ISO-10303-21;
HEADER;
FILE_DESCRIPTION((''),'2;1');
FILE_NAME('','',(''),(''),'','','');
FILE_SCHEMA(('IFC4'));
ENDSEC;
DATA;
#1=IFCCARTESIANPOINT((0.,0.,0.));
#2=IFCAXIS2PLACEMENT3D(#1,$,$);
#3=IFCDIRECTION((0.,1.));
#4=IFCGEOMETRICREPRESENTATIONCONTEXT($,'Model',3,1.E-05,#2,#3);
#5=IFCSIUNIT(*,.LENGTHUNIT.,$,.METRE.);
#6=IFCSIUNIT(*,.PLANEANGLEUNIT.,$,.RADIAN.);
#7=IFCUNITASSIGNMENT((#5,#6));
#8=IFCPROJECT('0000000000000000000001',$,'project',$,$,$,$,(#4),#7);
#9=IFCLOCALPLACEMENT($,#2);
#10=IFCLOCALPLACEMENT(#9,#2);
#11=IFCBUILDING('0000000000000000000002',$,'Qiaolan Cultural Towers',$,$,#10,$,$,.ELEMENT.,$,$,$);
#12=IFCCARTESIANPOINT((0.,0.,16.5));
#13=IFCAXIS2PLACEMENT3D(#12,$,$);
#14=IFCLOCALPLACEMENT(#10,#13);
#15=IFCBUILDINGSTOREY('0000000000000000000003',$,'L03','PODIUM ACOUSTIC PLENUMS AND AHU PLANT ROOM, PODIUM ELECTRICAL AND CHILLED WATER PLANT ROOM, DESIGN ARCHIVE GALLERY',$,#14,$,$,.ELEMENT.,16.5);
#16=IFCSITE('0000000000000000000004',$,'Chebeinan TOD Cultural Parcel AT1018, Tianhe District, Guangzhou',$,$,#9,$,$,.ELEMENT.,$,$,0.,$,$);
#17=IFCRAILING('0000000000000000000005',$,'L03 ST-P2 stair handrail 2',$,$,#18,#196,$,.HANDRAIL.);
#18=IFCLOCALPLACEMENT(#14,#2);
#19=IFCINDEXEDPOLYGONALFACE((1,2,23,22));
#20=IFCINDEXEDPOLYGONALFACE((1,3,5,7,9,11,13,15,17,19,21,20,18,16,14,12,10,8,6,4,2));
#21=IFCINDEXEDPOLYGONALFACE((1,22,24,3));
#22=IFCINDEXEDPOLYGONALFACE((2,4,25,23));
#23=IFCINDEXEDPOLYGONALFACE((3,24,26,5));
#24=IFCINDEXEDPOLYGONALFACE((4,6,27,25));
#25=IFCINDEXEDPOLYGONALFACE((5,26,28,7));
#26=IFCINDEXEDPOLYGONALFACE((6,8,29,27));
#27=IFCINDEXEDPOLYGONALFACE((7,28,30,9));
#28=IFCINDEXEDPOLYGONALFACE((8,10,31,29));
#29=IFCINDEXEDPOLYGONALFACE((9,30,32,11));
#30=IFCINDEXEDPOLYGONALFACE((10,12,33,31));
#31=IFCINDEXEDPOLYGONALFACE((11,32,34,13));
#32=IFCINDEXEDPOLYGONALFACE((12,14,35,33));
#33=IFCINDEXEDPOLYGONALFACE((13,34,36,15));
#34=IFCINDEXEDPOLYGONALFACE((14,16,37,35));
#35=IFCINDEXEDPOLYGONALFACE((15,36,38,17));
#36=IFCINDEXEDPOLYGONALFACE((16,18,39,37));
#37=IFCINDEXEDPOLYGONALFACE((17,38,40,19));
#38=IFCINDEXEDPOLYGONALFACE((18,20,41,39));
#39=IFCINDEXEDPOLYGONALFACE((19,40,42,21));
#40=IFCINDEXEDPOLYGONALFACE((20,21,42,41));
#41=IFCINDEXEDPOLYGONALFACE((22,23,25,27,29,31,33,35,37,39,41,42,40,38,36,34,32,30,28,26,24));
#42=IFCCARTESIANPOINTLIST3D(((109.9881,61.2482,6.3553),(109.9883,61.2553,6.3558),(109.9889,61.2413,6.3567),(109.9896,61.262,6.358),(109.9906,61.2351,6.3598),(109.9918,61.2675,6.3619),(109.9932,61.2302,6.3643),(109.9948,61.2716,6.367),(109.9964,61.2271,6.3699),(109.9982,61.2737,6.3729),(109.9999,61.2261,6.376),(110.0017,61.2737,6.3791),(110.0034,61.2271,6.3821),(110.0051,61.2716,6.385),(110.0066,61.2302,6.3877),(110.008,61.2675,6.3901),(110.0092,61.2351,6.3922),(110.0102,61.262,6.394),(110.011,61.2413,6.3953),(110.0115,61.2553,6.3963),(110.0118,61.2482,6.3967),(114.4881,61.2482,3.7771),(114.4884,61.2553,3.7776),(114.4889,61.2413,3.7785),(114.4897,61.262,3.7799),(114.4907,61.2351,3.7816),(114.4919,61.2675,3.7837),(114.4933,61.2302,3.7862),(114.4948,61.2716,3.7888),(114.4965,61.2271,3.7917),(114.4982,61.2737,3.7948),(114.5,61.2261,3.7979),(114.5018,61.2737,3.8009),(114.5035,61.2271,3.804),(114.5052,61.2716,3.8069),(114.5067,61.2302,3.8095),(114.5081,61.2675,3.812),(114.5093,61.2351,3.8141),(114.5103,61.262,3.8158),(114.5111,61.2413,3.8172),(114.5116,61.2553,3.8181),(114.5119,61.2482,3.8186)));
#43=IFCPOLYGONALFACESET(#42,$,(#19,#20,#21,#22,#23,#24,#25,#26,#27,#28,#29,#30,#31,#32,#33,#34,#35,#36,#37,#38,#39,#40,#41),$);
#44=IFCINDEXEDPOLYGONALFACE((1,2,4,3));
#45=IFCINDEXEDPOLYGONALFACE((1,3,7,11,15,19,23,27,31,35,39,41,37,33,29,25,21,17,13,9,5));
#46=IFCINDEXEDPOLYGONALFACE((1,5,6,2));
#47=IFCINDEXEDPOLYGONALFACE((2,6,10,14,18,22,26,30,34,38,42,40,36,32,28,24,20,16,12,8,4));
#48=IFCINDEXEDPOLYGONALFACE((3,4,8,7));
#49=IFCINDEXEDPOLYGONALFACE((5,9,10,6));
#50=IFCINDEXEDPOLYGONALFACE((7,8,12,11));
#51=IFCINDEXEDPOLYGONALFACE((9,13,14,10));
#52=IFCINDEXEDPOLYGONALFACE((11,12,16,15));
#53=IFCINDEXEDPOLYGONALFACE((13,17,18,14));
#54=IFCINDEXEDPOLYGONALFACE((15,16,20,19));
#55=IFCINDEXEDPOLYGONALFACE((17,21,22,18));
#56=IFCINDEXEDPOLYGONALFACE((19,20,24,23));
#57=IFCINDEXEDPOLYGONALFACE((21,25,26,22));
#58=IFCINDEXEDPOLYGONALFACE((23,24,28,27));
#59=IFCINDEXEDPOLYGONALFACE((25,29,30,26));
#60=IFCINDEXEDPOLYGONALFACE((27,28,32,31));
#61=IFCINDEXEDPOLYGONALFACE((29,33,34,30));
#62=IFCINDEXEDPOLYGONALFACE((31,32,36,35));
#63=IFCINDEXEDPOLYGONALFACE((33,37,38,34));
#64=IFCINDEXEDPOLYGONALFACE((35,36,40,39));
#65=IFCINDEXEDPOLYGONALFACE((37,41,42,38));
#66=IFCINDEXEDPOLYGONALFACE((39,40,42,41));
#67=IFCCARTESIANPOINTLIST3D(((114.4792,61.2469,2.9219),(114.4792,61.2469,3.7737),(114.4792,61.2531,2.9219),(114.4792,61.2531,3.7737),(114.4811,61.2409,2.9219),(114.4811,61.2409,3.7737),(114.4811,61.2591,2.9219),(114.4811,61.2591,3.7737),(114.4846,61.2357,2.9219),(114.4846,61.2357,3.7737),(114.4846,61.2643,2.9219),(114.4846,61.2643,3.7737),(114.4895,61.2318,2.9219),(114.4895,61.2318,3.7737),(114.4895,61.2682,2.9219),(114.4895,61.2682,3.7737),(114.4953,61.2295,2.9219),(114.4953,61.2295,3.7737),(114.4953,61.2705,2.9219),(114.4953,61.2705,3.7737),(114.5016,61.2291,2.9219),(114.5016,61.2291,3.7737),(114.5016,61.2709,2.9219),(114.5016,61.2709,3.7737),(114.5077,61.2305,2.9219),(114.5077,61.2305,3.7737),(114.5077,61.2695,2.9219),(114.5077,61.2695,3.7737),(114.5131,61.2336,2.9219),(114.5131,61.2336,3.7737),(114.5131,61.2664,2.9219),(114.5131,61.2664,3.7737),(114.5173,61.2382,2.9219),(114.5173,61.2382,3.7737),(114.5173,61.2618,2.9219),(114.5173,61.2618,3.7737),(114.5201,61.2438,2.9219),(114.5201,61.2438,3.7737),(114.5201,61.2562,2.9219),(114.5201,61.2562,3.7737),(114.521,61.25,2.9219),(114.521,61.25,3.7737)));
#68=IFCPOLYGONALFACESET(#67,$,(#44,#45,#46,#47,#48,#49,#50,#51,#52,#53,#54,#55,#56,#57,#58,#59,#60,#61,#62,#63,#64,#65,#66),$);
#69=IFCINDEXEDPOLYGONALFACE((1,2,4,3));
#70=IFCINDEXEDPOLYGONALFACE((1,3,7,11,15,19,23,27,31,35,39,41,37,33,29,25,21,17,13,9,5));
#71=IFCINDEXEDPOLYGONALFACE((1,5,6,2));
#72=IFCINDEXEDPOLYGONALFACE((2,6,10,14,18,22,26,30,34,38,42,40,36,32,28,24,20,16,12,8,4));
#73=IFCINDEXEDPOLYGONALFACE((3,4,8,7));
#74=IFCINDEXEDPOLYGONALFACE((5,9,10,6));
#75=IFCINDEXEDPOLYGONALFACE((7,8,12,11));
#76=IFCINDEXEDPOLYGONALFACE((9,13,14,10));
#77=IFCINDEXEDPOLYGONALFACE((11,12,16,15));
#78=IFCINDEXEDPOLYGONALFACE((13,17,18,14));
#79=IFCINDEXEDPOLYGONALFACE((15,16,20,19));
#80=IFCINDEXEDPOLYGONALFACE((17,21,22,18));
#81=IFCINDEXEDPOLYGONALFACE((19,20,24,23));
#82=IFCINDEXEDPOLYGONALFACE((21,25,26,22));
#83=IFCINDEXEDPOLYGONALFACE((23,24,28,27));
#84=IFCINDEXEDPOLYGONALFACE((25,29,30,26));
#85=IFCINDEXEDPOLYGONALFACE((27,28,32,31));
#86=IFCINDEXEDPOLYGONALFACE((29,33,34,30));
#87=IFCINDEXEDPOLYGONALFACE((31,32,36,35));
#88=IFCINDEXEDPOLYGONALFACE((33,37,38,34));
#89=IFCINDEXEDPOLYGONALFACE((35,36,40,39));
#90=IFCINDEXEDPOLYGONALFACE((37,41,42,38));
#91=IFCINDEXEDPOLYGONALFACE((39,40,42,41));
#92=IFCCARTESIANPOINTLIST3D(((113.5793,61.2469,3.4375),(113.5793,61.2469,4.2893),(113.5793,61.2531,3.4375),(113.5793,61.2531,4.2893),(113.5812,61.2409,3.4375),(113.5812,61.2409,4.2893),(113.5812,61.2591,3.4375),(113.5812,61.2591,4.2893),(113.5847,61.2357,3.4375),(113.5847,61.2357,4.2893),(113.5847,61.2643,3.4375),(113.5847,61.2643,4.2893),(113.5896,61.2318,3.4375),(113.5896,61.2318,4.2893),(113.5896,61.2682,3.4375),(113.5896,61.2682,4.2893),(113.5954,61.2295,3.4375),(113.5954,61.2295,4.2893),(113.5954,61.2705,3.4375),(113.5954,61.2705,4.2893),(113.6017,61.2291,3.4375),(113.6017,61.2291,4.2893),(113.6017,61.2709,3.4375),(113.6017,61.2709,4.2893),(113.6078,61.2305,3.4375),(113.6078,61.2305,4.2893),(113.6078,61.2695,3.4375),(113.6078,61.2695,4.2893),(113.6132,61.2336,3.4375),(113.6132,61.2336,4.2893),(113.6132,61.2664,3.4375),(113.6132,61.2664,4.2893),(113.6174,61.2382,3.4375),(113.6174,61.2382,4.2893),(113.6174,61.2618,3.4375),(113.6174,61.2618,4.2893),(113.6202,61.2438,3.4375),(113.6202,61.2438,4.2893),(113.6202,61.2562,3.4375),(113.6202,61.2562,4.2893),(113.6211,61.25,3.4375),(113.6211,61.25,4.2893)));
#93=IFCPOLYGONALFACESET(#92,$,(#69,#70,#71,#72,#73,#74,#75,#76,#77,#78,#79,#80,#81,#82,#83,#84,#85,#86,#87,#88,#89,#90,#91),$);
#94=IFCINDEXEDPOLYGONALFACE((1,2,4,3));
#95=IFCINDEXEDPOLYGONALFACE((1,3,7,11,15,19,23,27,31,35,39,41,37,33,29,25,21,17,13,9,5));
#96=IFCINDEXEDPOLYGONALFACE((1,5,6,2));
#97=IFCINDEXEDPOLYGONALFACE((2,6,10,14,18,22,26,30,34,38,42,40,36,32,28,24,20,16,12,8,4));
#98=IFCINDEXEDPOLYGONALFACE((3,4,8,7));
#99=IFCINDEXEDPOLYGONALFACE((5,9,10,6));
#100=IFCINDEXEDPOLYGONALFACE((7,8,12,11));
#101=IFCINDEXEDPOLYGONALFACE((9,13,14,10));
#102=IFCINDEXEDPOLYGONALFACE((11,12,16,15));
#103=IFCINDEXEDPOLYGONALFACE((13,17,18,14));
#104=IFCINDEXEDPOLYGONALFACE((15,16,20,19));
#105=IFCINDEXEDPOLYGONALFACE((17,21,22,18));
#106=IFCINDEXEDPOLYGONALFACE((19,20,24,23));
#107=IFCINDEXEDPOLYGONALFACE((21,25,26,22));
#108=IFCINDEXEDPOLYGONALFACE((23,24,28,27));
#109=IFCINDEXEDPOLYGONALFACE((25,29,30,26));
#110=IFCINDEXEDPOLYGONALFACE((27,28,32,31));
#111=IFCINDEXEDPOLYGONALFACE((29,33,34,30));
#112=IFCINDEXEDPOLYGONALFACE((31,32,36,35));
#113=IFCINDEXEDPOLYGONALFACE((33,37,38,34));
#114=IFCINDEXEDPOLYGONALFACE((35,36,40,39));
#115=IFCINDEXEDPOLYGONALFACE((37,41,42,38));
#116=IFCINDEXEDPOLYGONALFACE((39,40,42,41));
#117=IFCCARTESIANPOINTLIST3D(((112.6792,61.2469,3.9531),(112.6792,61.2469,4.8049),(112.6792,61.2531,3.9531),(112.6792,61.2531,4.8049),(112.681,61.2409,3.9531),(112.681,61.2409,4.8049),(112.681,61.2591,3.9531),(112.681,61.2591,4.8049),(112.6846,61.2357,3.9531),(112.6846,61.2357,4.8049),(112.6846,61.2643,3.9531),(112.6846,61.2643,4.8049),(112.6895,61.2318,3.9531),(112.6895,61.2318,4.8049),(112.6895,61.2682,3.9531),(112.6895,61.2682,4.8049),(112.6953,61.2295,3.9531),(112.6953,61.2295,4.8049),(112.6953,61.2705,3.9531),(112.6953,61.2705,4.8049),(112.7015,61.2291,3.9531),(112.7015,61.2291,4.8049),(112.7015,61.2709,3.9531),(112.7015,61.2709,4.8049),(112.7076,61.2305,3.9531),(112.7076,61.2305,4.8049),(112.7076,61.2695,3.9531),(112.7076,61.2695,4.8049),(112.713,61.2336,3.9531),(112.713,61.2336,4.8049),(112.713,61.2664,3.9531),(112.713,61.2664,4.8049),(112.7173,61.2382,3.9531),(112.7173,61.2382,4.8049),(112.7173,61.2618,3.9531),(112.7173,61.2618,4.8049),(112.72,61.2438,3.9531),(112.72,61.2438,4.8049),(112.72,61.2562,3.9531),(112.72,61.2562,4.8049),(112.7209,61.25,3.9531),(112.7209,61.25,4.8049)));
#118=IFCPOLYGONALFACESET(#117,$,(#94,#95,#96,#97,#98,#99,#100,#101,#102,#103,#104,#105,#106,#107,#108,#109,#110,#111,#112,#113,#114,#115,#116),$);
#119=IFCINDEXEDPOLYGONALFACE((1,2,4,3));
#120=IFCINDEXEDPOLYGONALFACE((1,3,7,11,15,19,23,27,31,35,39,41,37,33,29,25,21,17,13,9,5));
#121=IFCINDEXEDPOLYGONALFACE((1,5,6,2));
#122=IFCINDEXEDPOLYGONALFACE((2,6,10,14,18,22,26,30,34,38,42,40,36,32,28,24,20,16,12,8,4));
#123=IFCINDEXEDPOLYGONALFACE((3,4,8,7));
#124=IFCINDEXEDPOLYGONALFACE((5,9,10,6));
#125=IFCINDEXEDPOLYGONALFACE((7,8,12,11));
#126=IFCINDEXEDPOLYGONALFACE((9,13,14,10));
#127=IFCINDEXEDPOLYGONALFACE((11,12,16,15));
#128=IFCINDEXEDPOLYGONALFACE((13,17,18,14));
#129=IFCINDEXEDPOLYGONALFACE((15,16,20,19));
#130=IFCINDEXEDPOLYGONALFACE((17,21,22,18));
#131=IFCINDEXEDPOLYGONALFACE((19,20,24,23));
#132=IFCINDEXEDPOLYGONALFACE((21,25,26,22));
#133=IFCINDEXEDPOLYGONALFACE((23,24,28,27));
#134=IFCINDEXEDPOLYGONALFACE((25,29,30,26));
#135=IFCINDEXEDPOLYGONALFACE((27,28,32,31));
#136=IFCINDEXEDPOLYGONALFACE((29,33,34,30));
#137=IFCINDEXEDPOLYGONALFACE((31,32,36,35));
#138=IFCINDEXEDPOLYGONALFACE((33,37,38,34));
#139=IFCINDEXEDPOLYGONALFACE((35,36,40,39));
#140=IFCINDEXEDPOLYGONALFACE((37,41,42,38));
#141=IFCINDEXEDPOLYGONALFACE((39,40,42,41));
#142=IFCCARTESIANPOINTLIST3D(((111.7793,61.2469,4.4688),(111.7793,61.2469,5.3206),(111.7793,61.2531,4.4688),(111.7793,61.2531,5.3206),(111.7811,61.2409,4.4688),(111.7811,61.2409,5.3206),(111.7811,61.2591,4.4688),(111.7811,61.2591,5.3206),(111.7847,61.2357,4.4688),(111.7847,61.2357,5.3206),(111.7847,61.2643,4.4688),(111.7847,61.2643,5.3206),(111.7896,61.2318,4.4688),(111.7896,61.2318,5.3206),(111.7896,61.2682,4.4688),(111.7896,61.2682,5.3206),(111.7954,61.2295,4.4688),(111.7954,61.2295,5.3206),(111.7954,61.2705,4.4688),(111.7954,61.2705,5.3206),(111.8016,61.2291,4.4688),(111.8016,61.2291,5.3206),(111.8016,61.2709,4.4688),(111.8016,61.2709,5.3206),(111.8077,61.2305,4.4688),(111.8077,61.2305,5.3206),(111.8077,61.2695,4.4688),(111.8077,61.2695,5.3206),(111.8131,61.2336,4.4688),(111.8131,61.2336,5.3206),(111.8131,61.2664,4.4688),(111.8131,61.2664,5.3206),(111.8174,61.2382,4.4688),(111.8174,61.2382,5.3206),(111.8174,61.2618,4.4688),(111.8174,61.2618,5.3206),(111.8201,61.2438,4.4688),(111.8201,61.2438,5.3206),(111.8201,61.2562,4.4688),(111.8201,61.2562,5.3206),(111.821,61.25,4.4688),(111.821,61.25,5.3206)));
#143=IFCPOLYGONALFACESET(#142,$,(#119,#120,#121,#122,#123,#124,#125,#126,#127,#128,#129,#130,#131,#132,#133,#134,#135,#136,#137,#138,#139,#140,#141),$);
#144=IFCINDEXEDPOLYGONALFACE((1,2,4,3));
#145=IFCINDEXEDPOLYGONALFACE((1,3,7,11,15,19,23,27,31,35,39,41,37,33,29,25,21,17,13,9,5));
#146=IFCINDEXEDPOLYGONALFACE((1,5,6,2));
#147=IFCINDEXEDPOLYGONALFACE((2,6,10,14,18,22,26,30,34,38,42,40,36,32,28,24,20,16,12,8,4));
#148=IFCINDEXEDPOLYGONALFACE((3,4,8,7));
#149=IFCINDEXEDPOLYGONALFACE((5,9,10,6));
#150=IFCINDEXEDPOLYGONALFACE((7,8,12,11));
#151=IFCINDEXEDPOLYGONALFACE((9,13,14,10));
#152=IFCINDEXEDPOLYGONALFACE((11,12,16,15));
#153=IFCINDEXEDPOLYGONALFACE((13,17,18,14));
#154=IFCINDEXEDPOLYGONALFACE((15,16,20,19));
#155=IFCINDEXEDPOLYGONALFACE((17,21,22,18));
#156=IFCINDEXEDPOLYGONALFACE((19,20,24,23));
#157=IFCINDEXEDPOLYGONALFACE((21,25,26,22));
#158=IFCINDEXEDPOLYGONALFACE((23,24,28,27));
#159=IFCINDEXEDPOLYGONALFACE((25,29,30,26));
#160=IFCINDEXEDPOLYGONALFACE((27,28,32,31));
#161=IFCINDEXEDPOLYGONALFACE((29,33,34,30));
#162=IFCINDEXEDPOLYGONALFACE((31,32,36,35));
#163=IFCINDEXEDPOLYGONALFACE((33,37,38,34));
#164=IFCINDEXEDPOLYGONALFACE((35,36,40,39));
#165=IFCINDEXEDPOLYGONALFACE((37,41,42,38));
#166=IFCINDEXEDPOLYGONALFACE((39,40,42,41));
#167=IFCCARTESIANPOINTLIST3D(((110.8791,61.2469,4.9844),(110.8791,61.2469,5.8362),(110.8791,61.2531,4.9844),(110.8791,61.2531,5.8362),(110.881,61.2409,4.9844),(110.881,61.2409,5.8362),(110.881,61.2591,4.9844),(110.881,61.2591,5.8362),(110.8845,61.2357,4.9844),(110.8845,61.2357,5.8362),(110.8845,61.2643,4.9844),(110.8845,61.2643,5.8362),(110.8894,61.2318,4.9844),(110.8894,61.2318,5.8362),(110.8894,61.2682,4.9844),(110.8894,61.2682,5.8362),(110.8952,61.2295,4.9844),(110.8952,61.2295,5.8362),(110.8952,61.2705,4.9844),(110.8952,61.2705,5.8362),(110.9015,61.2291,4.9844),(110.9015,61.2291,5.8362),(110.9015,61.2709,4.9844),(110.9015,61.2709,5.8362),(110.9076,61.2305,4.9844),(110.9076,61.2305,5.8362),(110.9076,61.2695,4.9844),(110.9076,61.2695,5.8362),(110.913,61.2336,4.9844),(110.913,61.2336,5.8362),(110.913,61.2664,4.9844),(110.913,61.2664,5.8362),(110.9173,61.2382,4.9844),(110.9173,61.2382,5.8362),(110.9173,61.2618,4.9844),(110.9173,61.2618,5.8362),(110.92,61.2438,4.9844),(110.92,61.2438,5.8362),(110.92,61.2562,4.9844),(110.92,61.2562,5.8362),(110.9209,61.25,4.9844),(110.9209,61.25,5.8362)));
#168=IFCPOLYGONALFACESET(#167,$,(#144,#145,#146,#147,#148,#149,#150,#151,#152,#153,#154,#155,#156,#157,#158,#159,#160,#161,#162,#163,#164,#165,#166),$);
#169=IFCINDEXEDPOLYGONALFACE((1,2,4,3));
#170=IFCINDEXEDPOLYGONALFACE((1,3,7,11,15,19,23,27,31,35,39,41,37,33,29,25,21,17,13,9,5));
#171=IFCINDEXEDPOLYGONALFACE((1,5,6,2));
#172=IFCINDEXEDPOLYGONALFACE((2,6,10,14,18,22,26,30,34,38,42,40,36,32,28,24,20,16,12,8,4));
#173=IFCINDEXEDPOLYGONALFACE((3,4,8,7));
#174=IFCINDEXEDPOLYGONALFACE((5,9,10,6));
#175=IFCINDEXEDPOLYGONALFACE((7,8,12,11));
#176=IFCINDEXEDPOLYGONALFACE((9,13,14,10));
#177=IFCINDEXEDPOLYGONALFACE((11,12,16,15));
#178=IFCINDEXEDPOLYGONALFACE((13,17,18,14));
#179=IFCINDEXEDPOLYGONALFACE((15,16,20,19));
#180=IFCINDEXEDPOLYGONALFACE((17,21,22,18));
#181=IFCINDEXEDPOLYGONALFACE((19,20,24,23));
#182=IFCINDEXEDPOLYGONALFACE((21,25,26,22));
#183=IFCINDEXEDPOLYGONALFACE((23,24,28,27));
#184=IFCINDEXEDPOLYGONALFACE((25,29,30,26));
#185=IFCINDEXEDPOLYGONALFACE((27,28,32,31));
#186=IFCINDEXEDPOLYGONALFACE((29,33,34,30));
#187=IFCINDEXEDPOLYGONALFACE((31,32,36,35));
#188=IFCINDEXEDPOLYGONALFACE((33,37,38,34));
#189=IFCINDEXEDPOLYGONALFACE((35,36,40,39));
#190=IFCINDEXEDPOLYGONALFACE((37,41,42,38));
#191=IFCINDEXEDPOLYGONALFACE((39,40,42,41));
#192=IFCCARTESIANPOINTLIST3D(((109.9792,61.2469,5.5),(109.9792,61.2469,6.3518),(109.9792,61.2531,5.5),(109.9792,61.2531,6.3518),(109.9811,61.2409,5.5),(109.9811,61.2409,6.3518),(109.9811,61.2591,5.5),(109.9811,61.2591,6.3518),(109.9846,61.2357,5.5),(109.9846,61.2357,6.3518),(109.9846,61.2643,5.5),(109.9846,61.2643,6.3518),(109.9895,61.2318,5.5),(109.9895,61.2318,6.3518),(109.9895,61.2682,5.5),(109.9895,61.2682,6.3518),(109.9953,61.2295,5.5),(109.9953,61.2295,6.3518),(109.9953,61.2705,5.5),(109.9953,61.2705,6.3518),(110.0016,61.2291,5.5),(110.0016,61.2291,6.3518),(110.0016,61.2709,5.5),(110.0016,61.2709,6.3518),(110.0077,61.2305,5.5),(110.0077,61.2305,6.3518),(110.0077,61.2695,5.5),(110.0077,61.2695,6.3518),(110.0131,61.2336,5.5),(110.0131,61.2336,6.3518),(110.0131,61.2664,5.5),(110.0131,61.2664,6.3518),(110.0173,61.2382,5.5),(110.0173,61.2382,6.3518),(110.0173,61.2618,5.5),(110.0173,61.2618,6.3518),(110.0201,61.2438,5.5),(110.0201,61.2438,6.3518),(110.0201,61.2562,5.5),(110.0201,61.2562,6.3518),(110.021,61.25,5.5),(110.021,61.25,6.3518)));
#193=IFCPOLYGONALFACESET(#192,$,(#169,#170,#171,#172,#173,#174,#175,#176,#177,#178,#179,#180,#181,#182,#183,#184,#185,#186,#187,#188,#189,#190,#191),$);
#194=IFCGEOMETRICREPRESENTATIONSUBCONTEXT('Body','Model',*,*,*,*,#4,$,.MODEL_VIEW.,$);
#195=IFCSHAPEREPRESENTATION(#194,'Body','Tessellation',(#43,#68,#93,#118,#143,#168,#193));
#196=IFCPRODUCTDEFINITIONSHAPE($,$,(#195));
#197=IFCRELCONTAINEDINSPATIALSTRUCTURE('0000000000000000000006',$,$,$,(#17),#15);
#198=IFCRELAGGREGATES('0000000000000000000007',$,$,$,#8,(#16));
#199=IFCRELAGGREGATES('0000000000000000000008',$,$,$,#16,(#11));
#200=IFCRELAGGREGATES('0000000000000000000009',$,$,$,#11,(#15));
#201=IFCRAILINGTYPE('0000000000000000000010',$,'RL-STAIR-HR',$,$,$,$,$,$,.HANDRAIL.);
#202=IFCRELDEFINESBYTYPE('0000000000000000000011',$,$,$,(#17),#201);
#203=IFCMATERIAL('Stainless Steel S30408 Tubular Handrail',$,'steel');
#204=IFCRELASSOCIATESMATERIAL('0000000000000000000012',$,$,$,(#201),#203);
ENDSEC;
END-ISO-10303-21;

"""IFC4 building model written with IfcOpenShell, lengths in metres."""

from ifc_helpers import new_model, si_unit, direction, frame, origin, origin_2d, place, context, subcontext, project, spatial, circle, extrude, material, type_object, element, save


model = new_model("IFC4")

# Units and contexts
model_context = context("Model", 3, precision=1e-05, world=origin(), true_north=direction((0.0, 1.0)))
body_context = subcontext(model_context, "Body", "Model", "MODEL_VIEW")
ifc_project = project(units=[si_unit("LENGTHUNIT", "METRE"), si_unit("PLANEANGLEUNIT", "RADIAN")], contexts=[model_context])

# Site, building, storey
site_placement = place(None, origin())
site = spatial("IfcSite", under=ifc_project, at=site_placement, Name="Chebeinan TOD Cultural Parcel AT1018, Tianhe District, Guangzhou", CompositionType="ELEMENT", RefElevation=0.0)
building_placement = place(site_placement, origin())
building = spatial("IfcBuilding", under=site, at=building_placement, Name="Qiaolan Cultural Towers", CompositionType="ELEMENT")
storey_placement = place(building_placement, frame((0.0, 0.0, 16.5)))
storey = spatial("IfcBuildingStorey", under=building, at=storey_placement, Name="L03", Description="PODIUM ACOUSTIC PLENUMS AND AHU PLANT ROOM, PODIUM ELECTRICAL AND CHILLED WATER PLANT ROOM, DESIGN ARCHIVE GALLERY", CompositionType="ELEMENT", Elevation=16.5)

# Railing
ifc_material_1 = material(Name="Stainless Steel S30408 Tubular Handrail", Category="steel")
railing_type_1 = type_object("IfcRailingType", Name="RL-STAIR-HR", PredefinedType="HANDRAIL", material=ifc_material_1)
railing_1_placement = place(storey_placement, frame((114.5, 61.25, 2.9219)))
element("IfcRailing", 1, at=railing_1_placement, inside=storey, type_object=railing_type_1, Name="L03 ST-P2 stair handrail 2", PredefinedType="HANDRAIL", context=body_context, shape_type="SweptSolid", body=[
    extrude(circle(Radius=0.0239, at=origin_2d()), frame((0.0, 0.0, 0.876), z_axis=(-0.867686, 0.0, 0.497112), x_axis=(0.0, -1.0, 0.0)), (0.0, 0.0, 1.0), 5.1863),
    extrude(circle(Radius=0.021, at=origin_2d()), origin(), (0.0, 0.0, 1.0), 0.8518),
    extrude(circle(Radius=0.021, at=origin_2d()), frame((-0.8999, 0.0, 0.5156)), (0.0, 0.0, 1.0), 0.8518),
    extrude(circle(Radius=0.021, at=origin_2d()), frame((-1.8, 0.0, 1.0312)), (0.0, 0.0, 1.0), 0.8518),
    extrude(circle(Radius=0.021, at=origin_2d()), frame((-2.7, 0.0, 1.5469)), (0.0, 0.0, 1.0), 0.8518),
    extrude(circle(Radius=0.021, at=origin_2d()), frame((-3.6001, 0.0, 2.0625)), (0.0, 0.0, 1.0), 0.8518),
    extrude(circle(Radius=0.021, at=origin_2d()), frame((-4.5, 0.0, 2.5781)), (0.0, 0.0, 1.0), 0.8518),
])

save(model, "model.ifc")
